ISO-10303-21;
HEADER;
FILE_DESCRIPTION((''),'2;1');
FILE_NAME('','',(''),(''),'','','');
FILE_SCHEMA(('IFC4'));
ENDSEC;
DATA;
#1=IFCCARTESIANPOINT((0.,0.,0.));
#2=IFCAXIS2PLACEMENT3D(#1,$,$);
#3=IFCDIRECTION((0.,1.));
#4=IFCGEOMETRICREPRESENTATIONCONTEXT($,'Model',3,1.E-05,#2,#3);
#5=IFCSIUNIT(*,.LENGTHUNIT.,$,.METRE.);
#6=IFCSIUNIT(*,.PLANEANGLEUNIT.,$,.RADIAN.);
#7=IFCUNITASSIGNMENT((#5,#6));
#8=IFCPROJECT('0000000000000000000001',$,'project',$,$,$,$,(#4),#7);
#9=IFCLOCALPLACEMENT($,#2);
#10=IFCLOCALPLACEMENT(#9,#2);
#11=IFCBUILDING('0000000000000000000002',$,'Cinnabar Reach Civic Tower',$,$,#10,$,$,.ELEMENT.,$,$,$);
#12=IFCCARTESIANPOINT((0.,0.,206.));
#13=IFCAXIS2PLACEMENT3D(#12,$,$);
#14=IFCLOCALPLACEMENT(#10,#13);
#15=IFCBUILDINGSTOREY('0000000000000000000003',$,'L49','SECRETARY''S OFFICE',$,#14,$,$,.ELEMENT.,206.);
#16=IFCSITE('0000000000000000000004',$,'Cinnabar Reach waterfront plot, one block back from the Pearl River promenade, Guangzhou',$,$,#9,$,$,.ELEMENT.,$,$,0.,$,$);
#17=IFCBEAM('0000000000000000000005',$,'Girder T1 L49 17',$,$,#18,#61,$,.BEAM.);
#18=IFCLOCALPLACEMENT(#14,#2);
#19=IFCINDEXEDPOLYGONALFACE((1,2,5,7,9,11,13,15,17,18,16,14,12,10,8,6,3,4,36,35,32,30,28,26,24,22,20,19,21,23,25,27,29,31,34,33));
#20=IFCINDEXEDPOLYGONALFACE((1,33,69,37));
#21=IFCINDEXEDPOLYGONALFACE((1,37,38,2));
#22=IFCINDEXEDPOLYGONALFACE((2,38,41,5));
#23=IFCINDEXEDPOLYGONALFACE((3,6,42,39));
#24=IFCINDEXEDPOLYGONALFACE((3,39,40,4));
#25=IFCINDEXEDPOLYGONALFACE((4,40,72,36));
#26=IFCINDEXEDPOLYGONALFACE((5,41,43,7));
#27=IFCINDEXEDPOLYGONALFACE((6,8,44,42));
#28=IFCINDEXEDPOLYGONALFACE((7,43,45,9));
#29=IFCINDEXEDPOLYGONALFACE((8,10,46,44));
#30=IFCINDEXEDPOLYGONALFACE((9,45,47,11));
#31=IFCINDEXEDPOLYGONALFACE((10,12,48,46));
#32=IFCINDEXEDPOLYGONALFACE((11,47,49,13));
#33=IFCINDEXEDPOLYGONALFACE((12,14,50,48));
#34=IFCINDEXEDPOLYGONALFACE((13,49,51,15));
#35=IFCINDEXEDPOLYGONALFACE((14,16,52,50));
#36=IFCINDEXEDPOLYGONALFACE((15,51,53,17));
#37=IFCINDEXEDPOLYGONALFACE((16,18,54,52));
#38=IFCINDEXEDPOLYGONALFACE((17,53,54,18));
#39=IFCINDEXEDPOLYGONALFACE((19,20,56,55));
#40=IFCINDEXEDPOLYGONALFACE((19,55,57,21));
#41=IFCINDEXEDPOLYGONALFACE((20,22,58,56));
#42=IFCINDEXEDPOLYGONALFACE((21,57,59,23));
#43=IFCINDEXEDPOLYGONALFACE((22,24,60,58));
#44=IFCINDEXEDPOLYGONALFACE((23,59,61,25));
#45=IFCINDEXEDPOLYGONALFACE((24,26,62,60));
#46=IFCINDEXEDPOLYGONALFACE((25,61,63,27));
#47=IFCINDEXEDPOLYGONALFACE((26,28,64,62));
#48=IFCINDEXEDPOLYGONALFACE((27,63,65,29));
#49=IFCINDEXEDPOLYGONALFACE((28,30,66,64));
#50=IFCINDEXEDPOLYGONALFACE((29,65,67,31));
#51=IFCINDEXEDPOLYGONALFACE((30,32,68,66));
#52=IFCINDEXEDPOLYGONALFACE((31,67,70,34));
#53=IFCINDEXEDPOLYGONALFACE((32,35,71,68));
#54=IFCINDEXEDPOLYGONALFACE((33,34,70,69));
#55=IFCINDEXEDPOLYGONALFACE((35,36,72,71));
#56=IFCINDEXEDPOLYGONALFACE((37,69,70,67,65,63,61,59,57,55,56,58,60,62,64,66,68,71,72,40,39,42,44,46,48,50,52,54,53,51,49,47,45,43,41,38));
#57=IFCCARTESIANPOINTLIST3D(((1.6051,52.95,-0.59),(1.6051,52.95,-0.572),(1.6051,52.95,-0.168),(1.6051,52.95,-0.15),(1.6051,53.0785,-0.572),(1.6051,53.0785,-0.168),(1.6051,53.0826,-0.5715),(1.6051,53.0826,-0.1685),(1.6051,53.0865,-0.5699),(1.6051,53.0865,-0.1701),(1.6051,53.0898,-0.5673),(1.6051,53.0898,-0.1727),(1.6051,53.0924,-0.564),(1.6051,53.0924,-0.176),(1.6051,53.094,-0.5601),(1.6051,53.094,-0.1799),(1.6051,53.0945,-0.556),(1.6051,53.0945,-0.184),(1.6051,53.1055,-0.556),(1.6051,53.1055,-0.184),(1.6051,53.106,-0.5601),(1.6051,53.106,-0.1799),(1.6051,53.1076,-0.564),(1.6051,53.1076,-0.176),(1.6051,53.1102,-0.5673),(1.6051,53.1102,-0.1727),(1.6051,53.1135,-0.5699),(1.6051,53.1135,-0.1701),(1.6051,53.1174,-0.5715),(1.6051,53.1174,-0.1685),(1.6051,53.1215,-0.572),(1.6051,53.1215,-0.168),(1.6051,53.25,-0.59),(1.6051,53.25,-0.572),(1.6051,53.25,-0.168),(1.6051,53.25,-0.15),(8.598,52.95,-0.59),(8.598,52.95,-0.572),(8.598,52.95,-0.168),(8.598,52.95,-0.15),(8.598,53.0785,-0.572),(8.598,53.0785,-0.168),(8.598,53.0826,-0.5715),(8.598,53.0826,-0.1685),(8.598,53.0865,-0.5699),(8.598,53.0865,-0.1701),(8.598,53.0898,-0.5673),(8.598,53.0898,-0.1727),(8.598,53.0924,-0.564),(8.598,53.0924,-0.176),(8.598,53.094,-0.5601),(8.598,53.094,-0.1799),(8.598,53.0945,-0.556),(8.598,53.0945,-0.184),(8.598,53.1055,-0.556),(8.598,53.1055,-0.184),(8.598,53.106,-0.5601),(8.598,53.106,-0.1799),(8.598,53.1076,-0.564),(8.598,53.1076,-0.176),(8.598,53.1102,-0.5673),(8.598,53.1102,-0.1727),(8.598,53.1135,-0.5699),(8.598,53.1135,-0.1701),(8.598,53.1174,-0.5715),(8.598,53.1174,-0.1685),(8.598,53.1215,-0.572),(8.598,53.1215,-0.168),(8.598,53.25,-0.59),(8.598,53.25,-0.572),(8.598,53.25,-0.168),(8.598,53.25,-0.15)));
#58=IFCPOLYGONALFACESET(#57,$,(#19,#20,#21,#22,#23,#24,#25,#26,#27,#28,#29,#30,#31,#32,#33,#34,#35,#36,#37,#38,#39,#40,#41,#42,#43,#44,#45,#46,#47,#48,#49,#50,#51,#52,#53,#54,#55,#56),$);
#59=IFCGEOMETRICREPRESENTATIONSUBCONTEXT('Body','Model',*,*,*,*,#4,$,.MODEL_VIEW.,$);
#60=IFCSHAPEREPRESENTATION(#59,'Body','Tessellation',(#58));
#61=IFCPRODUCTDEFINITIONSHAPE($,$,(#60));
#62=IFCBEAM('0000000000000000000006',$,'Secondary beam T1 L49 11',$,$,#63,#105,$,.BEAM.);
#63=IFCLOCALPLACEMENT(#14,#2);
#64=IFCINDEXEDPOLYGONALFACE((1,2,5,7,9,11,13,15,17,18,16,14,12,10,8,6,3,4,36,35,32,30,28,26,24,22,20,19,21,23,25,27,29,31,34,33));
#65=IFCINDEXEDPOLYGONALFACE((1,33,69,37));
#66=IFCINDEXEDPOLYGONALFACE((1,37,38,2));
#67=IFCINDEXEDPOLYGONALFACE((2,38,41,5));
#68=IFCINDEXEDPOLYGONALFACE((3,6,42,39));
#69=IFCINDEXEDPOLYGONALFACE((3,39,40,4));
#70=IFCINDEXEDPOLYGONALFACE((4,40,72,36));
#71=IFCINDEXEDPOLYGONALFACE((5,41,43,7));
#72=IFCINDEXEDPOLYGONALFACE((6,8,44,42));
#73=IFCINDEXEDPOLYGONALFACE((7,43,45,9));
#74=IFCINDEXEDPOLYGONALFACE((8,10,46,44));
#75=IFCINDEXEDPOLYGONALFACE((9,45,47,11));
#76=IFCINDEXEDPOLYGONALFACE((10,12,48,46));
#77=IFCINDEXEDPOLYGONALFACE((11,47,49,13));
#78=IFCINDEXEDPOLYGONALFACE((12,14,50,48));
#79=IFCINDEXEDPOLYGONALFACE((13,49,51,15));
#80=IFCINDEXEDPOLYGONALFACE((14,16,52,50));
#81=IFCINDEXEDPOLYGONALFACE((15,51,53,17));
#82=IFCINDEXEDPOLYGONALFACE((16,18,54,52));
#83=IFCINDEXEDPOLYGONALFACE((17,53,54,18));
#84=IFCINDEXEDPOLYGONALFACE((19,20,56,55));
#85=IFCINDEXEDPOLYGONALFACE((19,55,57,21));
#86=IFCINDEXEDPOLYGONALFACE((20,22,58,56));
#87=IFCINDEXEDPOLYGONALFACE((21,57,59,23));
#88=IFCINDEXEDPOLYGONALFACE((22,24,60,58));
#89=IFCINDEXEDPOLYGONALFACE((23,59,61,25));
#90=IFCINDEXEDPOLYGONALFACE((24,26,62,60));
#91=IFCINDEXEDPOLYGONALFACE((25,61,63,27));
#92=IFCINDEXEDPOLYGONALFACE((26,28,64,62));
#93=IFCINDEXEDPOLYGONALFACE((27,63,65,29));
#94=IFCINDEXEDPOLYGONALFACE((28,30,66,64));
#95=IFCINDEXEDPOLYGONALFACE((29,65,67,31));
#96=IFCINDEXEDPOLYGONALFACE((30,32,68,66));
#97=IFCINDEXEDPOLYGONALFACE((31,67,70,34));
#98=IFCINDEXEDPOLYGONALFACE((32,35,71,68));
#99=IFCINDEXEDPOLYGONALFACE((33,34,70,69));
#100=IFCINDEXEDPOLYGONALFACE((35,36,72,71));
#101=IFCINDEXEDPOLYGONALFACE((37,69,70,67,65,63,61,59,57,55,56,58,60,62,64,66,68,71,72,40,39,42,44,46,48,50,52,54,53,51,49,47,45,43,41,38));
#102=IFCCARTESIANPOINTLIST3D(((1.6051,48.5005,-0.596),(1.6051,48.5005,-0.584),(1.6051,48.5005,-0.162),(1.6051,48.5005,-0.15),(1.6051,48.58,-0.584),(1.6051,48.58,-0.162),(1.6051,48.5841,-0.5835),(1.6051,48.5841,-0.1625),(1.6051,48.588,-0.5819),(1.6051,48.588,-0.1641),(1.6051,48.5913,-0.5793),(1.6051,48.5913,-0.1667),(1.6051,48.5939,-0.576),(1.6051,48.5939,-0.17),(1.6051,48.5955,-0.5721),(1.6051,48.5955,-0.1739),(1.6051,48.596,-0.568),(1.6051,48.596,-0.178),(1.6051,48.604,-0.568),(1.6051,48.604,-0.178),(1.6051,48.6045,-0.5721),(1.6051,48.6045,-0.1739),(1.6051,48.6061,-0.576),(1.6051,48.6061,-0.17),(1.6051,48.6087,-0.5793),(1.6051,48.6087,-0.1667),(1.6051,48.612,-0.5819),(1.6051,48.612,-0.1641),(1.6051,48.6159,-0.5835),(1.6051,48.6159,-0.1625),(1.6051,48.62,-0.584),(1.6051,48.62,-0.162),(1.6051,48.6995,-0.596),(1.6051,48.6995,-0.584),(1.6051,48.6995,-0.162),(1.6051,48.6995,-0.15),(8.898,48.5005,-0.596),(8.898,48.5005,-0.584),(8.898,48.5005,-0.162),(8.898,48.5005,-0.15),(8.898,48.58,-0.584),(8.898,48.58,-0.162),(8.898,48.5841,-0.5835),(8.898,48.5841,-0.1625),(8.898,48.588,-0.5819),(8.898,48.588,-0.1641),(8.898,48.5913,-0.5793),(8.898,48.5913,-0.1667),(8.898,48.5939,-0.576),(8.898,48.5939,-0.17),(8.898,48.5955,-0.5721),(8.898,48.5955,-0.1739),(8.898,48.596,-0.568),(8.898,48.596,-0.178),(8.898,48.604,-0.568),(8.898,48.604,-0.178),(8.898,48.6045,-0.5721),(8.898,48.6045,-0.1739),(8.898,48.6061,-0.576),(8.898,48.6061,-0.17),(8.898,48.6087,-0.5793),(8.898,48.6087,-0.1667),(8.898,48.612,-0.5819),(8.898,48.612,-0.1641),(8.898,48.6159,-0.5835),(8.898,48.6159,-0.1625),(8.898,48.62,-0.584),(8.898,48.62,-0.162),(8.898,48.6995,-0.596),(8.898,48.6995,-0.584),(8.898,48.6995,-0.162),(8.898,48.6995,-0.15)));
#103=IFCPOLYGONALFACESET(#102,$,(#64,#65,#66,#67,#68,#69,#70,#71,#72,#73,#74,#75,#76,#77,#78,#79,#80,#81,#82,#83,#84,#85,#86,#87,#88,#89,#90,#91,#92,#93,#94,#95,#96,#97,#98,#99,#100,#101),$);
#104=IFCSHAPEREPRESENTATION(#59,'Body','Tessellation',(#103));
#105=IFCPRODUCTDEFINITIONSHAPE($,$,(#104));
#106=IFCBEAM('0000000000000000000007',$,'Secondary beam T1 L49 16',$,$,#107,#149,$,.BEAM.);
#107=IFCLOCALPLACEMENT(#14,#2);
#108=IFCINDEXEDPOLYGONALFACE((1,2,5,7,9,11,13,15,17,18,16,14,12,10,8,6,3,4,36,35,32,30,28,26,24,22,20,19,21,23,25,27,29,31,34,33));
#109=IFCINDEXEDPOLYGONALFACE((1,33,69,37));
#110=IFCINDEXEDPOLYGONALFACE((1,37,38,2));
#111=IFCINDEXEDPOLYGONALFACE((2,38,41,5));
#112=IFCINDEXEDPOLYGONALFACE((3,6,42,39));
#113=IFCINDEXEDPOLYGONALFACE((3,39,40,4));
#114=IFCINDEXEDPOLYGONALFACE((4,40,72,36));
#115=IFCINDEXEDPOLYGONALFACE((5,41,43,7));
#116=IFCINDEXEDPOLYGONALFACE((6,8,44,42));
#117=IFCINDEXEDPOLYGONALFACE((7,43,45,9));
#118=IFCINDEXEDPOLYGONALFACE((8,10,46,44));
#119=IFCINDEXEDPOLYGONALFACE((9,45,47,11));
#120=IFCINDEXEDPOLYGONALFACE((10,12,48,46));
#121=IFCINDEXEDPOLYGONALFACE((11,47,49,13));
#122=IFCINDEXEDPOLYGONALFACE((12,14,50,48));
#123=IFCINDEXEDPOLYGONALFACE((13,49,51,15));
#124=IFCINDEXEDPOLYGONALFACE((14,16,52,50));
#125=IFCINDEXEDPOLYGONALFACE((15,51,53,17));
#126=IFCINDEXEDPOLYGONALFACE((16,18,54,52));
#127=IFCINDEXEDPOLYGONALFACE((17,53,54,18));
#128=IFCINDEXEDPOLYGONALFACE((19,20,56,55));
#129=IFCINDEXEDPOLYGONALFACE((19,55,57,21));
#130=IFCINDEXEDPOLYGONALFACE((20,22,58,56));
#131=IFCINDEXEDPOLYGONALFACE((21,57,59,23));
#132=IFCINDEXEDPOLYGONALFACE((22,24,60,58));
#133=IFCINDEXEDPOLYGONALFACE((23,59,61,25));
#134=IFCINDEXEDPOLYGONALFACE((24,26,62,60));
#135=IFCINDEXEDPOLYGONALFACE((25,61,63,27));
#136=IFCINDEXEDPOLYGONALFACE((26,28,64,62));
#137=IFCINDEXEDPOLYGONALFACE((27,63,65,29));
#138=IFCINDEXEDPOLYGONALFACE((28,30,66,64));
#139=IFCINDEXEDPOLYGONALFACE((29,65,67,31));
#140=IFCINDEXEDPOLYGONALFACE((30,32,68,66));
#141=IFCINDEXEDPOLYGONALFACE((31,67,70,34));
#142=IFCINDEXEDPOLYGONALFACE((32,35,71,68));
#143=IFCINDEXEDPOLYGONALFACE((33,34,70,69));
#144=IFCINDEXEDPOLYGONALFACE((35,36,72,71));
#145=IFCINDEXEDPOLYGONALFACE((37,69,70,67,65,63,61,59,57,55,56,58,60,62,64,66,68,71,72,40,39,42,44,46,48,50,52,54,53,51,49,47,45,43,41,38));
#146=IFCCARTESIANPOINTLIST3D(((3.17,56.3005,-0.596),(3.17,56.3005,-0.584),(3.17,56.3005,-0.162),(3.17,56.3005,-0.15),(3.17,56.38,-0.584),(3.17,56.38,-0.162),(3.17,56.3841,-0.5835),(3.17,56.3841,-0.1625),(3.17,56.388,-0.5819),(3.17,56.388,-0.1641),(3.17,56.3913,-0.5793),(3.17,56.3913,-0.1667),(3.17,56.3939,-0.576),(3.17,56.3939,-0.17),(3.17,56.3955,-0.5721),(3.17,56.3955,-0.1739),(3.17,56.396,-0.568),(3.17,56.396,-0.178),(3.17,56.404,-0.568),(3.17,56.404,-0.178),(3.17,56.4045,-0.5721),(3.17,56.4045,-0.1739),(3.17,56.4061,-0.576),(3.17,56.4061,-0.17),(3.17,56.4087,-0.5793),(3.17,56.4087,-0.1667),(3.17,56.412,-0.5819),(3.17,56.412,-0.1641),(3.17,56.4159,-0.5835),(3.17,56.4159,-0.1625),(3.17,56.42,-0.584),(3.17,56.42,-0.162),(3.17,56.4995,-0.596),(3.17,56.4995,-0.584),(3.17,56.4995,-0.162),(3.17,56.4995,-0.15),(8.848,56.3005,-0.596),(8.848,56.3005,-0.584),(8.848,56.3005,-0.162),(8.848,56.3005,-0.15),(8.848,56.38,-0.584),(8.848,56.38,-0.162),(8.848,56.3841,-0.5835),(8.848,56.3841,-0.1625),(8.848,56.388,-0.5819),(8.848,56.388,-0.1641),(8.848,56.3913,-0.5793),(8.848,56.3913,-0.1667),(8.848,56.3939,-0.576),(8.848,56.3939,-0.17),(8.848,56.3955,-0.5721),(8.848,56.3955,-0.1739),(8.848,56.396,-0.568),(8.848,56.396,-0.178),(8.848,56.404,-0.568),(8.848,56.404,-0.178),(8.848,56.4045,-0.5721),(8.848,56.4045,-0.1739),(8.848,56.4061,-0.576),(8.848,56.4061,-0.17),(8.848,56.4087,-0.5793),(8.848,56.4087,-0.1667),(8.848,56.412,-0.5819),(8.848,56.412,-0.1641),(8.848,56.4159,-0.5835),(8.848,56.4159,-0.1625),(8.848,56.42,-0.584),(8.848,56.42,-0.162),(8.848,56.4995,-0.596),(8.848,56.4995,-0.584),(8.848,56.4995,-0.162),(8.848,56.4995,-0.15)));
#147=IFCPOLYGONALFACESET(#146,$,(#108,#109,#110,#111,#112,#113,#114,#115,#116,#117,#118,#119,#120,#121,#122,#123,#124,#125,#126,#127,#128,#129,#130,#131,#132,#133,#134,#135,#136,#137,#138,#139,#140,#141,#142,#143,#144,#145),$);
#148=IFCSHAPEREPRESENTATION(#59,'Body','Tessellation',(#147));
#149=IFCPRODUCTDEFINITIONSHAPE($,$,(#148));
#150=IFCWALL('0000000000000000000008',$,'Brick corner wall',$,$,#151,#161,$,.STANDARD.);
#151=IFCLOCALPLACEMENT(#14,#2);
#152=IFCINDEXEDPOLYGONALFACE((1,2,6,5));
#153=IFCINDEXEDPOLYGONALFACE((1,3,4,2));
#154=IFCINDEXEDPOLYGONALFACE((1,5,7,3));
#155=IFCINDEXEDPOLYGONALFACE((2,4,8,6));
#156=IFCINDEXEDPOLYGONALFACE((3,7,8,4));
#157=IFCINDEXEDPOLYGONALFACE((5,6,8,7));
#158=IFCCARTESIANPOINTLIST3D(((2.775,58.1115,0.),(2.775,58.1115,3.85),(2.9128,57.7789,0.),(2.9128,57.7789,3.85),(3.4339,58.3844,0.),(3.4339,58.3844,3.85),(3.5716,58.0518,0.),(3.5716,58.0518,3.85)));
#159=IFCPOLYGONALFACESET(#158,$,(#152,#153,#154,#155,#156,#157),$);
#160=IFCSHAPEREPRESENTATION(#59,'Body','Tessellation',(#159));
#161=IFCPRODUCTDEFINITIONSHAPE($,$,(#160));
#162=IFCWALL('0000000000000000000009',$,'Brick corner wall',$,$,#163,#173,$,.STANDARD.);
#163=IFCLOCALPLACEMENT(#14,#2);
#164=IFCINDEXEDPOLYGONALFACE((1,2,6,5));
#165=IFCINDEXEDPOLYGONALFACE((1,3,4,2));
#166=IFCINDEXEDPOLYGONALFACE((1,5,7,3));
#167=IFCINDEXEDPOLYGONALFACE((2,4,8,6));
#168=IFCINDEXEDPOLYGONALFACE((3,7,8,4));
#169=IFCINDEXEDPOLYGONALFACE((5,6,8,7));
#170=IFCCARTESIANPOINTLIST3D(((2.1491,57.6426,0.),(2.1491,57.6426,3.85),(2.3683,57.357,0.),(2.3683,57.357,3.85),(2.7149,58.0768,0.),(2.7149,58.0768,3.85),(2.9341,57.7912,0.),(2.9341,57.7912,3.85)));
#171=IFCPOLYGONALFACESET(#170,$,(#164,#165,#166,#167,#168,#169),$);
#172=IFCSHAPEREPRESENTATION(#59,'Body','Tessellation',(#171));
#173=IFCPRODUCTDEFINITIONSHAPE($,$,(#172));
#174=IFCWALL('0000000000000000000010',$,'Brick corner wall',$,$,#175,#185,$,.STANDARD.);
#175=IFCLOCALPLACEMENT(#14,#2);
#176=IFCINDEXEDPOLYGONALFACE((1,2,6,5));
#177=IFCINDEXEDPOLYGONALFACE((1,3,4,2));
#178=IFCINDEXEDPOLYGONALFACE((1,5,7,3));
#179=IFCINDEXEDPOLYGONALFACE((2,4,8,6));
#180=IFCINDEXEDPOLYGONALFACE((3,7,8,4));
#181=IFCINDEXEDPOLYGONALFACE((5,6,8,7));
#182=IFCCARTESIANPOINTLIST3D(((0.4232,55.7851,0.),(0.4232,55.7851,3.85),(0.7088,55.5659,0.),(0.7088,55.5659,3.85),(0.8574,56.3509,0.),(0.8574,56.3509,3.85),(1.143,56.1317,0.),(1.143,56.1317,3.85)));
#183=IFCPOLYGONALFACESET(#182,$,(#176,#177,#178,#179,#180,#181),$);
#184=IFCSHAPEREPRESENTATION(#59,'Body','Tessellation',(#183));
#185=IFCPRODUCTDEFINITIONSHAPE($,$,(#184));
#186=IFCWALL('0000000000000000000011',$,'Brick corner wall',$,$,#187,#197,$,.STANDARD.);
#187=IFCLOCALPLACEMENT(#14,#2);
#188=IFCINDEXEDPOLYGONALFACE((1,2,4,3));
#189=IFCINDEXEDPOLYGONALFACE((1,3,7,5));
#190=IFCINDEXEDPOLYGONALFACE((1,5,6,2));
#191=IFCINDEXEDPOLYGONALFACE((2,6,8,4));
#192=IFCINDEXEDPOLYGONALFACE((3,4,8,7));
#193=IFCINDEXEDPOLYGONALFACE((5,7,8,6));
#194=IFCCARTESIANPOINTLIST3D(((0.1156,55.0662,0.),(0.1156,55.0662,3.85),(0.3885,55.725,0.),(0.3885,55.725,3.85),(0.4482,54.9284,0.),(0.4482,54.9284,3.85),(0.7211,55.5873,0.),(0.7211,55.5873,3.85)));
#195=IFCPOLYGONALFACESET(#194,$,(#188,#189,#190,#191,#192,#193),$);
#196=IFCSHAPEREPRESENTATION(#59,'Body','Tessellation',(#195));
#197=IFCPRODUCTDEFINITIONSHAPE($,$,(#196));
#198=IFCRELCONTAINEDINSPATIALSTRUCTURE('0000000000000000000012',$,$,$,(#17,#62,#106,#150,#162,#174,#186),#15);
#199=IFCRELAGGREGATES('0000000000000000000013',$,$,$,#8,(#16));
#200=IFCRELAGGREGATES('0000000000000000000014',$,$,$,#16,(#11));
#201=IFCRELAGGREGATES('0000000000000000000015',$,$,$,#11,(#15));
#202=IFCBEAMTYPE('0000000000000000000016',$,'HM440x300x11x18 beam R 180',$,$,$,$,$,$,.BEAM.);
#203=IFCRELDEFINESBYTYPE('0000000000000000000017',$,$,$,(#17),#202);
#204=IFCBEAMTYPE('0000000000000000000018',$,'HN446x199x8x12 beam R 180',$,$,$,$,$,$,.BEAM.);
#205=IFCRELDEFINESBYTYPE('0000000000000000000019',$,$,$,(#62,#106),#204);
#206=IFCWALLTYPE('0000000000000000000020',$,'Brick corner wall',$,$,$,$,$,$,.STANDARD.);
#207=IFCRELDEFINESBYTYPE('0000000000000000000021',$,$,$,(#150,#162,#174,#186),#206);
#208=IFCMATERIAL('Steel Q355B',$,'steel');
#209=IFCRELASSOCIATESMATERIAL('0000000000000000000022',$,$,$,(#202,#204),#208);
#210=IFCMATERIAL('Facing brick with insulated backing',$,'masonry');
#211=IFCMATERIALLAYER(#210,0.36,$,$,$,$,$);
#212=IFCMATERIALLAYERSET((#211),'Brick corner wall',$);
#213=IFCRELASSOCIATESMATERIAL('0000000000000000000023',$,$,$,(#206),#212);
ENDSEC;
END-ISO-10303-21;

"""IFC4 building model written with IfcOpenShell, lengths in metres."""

from ifc_helpers import new_model, si_unit, direction, frame, frame_2d, origin, origin_2d, place, context, subcontext, project, spatial, rectangle, i_section, extrude, material, layer, layer_set, material_profile, profile_set, type_object, element, save


model = new_model("IFC4")

# Units and contexts
model_context = context("Model", 3, precision=1e-05, world=origin(), true_north=direction((0.0, 1.0)))
body_context = subcontext(model_context, "Body", "Model", "MODEL_VIEW")
ifc_project = project(units=[si_unit("LENGTHUNIT", "METRE"), si_unit("PLANEANGLEUNIT", "RADIAN")], contexts=[model_context])

# Site, building, storey
site_placement = place(None, origin())
site = spatial("IfcSite", under=ifc_project, at=site_placement, Name="Cinnabar Reach waterfront plot, one block back from the Pearl River promenade, Guangzhou", CompositionType="ELEMENT", RefElevation=0.0)
building_placement = place(site_placement, origin())
building = spatial("IfcBuilding", under=site, at=building_placement, Name="Cinnabar Reach Civic Tower", CompositionType="ELEMENT")
storey_placement = place(building_placement, frame((0.0, 0.0, 206.0)))
storey = spatial("IfcBuildingStorey", under=building, at=storey_placement, Name="L49", Description="SECRETARY'S OFFICE", CompositionType="ELEMENT", Elevation=206.0)

# Beams
ifc_material_1 = material(Name="Steel Q355B", Category="steel")
ifc_material_profile_1 = material_profile(ifc_material_1, i_section(OverallWidth=0.3, OverallDepth=0.44, WebThickness=0.011, FlangeThickness=0.018, FilletRadius=0.016, at=origin_2d()), Name="HM440x300x11x18")
ifc_profile_set_1 = profile_set([ifc_material_profile_1], Name="Steel Q355B")
beam_type_1 = type_object("IfcBeamType", Name="HM440x300x11x18 beam R 180", PredefinedType="BEAM", material=ifc_profile_set_1)
beam_1_placement = place(storey_placement, frame((1.6051, 53.1, -0.37), z_axis=(1.0, 0.0, 0.0), x_axis=(0.0, 1.0, 0.0)))
element("IfcBeam", 1, at=beam_1_placement, inside=storey, type_object=beam_type_1, Name="Girder T1 L49 17", PredefinedType="BEAM", context=body_context, shape_type="SweptSolid", body=[
    extrude(i_section(OverallWidth=0.3, OverallDepth=0.44, WebThickness=0.011, FlangeThickness=0.018, FilletRadius=0.016, at=origin_2d()), origin(), (0.0, 0.0, 1.0), 6.9929),
])
ifc_material_profile_2 = material_profile(ifc_material_1, i_section(OverallWidth=0.199, OverallDepth=0.446, WebThickness=0.008, FlangeThickness=0.012, FilletRadius=0.016, at=origin_2d()), Name="HN446x199x8x12")
ifc_profile_set_2 = profile_set([ifc_material_profile_2], Name="Steel Q355B")
beam_type_2 = type_object("IfcBeamType", Name="HN446x199x8x12 beam R 180", PredefinedType="BEAM", material=ifc_profile_set_2)
beam_2_placement = place(storey_placement, frame((1.6051, 48.6, -0.373), z_axis=(1.0, 0.0, 0.0), x_axis=(0.0, 1.0, 0.0)))
element("IfcBeam", 2, at=beam_2_placement, inside=storey, type_object=beam_type_2, Name="Secondary beam T1 L49 11", PredefinedType="BEAM", context=body_context, shape_type="SweptSolid", body=[
    extrude(i_section(OverallWidth=0.199, OverallDepth=0.446, WebThickness=0.008, FlangeThickness=0.012, FilletRadius=0.016, at=origin_2d()), origin(), (0.0, 0.0, 1.0), 7.2929),
])
beam_3_placement = place(storey_placement, frame((3.17, 56.4, -0.373), z_axis=(1.0, 0.0, 0.0), x_axis=(0.0, 1.0, 0.0)))
element("IfcBeam", 3, at=beam_3_placement, inside=storey, type_object=beam_type_2, Name="Secondary beam T1 L49 16", PredefinedType="BEAM", context=body_context, shape_type="SweptSolid", body=[
    extrude(i_section(OverallWidth=0.199, OverallDepth=0.446, WebThickness=0.008, FlangeThickness=0.012, FilletRadius=0.016, at=origin_2d()), origin(), (0.0, 0.0, 1.0), 5.678),
])

# Walls
ifc_material_2 = material(Name="Facing brick with insulated backing", Category="masonry")
ifc_layer_1 = layer(ifc_material_2, 0.36)
ifc_layer_set_1 = layer_set([ifc_layer_1], Name="Brick corner wall")
wall_type_1 = type_object("IfcWallType", Name="Brick corner wall", PredefinedType="STANDARD", material=ifc_layer_set_1)
wall_1_placement = place(storey_placement, frame((3.5027, 58.2181, 0.0), z_axis=(0.0, 0.0, 1.0), x_axis=(-0.923872, -0.382703, 0.0)))
element("IfcWall", 4, at=wall_1_placement, inside=storey, type_object=wall_type_1, Name="Brick corner wall", PredefinedType="STANDARD", context=body_context, shape_type="SweptSolid", body=[
    extrude(rectangle(XDim=0.7131, YDim=0.36, at=frame_2d((0.3565, 0.0))), origin(), (0.0, 0.0, 1.0), 3.85),
])
for number, where, z_axis, x_axis, name in (
    (5, (2.8245, 57.934, 0.0), (0.0, 0.0, 1.0), (-0.793322, -0.608802, 0.0), "Brick corner wall"),
    (6, (1.0002, 56.2413, 0.0), (0.0, 0.0, 1.0), (-0.608802, -0.793322, 0.0), "Brick corner wall"),
):
    element("IfcWall", number, at=place(storey_placement, frame(where, z_axis=z_axis, x_axis=x_axis)), inside=storey, type_object=wall_type_1, Name=name, PredefinedType="STANDARD", context=body_context, shape_type="SweptSolid", body=[
        extrude(rectangle(XDim=0.7132, YDim=0.36, at=frame_2d((0.3566, 0.0))), origin(), (0.0, 0.0, 1.0), 3.85),
    ])
for number, where, z_axis, x_axis, name in (
    (7, (0.5548, 55.6561, 0.0), (0.0, 0.0, 1.0), (-0.382703, -0.923872, 0.0), "Brick corner wall"),
):
    element("IfcWall", number, at=place(storey_placement, frame(where, z_axis=z_axis, x_axis=x_axis)), inside=storey, type_object=wall_type_1, Name=name, PredefinedType="STANDARD", context=body_context, shape_type="SweptSolid", body=[
        extrude(rectangle(XDim=0.7131, YDim=0.36, at=frame_2d((0.3565, 0.0))), origin(), (0.0, 0.0, 1.0), 3.85),
    ])

save(model, "model.ifc")
